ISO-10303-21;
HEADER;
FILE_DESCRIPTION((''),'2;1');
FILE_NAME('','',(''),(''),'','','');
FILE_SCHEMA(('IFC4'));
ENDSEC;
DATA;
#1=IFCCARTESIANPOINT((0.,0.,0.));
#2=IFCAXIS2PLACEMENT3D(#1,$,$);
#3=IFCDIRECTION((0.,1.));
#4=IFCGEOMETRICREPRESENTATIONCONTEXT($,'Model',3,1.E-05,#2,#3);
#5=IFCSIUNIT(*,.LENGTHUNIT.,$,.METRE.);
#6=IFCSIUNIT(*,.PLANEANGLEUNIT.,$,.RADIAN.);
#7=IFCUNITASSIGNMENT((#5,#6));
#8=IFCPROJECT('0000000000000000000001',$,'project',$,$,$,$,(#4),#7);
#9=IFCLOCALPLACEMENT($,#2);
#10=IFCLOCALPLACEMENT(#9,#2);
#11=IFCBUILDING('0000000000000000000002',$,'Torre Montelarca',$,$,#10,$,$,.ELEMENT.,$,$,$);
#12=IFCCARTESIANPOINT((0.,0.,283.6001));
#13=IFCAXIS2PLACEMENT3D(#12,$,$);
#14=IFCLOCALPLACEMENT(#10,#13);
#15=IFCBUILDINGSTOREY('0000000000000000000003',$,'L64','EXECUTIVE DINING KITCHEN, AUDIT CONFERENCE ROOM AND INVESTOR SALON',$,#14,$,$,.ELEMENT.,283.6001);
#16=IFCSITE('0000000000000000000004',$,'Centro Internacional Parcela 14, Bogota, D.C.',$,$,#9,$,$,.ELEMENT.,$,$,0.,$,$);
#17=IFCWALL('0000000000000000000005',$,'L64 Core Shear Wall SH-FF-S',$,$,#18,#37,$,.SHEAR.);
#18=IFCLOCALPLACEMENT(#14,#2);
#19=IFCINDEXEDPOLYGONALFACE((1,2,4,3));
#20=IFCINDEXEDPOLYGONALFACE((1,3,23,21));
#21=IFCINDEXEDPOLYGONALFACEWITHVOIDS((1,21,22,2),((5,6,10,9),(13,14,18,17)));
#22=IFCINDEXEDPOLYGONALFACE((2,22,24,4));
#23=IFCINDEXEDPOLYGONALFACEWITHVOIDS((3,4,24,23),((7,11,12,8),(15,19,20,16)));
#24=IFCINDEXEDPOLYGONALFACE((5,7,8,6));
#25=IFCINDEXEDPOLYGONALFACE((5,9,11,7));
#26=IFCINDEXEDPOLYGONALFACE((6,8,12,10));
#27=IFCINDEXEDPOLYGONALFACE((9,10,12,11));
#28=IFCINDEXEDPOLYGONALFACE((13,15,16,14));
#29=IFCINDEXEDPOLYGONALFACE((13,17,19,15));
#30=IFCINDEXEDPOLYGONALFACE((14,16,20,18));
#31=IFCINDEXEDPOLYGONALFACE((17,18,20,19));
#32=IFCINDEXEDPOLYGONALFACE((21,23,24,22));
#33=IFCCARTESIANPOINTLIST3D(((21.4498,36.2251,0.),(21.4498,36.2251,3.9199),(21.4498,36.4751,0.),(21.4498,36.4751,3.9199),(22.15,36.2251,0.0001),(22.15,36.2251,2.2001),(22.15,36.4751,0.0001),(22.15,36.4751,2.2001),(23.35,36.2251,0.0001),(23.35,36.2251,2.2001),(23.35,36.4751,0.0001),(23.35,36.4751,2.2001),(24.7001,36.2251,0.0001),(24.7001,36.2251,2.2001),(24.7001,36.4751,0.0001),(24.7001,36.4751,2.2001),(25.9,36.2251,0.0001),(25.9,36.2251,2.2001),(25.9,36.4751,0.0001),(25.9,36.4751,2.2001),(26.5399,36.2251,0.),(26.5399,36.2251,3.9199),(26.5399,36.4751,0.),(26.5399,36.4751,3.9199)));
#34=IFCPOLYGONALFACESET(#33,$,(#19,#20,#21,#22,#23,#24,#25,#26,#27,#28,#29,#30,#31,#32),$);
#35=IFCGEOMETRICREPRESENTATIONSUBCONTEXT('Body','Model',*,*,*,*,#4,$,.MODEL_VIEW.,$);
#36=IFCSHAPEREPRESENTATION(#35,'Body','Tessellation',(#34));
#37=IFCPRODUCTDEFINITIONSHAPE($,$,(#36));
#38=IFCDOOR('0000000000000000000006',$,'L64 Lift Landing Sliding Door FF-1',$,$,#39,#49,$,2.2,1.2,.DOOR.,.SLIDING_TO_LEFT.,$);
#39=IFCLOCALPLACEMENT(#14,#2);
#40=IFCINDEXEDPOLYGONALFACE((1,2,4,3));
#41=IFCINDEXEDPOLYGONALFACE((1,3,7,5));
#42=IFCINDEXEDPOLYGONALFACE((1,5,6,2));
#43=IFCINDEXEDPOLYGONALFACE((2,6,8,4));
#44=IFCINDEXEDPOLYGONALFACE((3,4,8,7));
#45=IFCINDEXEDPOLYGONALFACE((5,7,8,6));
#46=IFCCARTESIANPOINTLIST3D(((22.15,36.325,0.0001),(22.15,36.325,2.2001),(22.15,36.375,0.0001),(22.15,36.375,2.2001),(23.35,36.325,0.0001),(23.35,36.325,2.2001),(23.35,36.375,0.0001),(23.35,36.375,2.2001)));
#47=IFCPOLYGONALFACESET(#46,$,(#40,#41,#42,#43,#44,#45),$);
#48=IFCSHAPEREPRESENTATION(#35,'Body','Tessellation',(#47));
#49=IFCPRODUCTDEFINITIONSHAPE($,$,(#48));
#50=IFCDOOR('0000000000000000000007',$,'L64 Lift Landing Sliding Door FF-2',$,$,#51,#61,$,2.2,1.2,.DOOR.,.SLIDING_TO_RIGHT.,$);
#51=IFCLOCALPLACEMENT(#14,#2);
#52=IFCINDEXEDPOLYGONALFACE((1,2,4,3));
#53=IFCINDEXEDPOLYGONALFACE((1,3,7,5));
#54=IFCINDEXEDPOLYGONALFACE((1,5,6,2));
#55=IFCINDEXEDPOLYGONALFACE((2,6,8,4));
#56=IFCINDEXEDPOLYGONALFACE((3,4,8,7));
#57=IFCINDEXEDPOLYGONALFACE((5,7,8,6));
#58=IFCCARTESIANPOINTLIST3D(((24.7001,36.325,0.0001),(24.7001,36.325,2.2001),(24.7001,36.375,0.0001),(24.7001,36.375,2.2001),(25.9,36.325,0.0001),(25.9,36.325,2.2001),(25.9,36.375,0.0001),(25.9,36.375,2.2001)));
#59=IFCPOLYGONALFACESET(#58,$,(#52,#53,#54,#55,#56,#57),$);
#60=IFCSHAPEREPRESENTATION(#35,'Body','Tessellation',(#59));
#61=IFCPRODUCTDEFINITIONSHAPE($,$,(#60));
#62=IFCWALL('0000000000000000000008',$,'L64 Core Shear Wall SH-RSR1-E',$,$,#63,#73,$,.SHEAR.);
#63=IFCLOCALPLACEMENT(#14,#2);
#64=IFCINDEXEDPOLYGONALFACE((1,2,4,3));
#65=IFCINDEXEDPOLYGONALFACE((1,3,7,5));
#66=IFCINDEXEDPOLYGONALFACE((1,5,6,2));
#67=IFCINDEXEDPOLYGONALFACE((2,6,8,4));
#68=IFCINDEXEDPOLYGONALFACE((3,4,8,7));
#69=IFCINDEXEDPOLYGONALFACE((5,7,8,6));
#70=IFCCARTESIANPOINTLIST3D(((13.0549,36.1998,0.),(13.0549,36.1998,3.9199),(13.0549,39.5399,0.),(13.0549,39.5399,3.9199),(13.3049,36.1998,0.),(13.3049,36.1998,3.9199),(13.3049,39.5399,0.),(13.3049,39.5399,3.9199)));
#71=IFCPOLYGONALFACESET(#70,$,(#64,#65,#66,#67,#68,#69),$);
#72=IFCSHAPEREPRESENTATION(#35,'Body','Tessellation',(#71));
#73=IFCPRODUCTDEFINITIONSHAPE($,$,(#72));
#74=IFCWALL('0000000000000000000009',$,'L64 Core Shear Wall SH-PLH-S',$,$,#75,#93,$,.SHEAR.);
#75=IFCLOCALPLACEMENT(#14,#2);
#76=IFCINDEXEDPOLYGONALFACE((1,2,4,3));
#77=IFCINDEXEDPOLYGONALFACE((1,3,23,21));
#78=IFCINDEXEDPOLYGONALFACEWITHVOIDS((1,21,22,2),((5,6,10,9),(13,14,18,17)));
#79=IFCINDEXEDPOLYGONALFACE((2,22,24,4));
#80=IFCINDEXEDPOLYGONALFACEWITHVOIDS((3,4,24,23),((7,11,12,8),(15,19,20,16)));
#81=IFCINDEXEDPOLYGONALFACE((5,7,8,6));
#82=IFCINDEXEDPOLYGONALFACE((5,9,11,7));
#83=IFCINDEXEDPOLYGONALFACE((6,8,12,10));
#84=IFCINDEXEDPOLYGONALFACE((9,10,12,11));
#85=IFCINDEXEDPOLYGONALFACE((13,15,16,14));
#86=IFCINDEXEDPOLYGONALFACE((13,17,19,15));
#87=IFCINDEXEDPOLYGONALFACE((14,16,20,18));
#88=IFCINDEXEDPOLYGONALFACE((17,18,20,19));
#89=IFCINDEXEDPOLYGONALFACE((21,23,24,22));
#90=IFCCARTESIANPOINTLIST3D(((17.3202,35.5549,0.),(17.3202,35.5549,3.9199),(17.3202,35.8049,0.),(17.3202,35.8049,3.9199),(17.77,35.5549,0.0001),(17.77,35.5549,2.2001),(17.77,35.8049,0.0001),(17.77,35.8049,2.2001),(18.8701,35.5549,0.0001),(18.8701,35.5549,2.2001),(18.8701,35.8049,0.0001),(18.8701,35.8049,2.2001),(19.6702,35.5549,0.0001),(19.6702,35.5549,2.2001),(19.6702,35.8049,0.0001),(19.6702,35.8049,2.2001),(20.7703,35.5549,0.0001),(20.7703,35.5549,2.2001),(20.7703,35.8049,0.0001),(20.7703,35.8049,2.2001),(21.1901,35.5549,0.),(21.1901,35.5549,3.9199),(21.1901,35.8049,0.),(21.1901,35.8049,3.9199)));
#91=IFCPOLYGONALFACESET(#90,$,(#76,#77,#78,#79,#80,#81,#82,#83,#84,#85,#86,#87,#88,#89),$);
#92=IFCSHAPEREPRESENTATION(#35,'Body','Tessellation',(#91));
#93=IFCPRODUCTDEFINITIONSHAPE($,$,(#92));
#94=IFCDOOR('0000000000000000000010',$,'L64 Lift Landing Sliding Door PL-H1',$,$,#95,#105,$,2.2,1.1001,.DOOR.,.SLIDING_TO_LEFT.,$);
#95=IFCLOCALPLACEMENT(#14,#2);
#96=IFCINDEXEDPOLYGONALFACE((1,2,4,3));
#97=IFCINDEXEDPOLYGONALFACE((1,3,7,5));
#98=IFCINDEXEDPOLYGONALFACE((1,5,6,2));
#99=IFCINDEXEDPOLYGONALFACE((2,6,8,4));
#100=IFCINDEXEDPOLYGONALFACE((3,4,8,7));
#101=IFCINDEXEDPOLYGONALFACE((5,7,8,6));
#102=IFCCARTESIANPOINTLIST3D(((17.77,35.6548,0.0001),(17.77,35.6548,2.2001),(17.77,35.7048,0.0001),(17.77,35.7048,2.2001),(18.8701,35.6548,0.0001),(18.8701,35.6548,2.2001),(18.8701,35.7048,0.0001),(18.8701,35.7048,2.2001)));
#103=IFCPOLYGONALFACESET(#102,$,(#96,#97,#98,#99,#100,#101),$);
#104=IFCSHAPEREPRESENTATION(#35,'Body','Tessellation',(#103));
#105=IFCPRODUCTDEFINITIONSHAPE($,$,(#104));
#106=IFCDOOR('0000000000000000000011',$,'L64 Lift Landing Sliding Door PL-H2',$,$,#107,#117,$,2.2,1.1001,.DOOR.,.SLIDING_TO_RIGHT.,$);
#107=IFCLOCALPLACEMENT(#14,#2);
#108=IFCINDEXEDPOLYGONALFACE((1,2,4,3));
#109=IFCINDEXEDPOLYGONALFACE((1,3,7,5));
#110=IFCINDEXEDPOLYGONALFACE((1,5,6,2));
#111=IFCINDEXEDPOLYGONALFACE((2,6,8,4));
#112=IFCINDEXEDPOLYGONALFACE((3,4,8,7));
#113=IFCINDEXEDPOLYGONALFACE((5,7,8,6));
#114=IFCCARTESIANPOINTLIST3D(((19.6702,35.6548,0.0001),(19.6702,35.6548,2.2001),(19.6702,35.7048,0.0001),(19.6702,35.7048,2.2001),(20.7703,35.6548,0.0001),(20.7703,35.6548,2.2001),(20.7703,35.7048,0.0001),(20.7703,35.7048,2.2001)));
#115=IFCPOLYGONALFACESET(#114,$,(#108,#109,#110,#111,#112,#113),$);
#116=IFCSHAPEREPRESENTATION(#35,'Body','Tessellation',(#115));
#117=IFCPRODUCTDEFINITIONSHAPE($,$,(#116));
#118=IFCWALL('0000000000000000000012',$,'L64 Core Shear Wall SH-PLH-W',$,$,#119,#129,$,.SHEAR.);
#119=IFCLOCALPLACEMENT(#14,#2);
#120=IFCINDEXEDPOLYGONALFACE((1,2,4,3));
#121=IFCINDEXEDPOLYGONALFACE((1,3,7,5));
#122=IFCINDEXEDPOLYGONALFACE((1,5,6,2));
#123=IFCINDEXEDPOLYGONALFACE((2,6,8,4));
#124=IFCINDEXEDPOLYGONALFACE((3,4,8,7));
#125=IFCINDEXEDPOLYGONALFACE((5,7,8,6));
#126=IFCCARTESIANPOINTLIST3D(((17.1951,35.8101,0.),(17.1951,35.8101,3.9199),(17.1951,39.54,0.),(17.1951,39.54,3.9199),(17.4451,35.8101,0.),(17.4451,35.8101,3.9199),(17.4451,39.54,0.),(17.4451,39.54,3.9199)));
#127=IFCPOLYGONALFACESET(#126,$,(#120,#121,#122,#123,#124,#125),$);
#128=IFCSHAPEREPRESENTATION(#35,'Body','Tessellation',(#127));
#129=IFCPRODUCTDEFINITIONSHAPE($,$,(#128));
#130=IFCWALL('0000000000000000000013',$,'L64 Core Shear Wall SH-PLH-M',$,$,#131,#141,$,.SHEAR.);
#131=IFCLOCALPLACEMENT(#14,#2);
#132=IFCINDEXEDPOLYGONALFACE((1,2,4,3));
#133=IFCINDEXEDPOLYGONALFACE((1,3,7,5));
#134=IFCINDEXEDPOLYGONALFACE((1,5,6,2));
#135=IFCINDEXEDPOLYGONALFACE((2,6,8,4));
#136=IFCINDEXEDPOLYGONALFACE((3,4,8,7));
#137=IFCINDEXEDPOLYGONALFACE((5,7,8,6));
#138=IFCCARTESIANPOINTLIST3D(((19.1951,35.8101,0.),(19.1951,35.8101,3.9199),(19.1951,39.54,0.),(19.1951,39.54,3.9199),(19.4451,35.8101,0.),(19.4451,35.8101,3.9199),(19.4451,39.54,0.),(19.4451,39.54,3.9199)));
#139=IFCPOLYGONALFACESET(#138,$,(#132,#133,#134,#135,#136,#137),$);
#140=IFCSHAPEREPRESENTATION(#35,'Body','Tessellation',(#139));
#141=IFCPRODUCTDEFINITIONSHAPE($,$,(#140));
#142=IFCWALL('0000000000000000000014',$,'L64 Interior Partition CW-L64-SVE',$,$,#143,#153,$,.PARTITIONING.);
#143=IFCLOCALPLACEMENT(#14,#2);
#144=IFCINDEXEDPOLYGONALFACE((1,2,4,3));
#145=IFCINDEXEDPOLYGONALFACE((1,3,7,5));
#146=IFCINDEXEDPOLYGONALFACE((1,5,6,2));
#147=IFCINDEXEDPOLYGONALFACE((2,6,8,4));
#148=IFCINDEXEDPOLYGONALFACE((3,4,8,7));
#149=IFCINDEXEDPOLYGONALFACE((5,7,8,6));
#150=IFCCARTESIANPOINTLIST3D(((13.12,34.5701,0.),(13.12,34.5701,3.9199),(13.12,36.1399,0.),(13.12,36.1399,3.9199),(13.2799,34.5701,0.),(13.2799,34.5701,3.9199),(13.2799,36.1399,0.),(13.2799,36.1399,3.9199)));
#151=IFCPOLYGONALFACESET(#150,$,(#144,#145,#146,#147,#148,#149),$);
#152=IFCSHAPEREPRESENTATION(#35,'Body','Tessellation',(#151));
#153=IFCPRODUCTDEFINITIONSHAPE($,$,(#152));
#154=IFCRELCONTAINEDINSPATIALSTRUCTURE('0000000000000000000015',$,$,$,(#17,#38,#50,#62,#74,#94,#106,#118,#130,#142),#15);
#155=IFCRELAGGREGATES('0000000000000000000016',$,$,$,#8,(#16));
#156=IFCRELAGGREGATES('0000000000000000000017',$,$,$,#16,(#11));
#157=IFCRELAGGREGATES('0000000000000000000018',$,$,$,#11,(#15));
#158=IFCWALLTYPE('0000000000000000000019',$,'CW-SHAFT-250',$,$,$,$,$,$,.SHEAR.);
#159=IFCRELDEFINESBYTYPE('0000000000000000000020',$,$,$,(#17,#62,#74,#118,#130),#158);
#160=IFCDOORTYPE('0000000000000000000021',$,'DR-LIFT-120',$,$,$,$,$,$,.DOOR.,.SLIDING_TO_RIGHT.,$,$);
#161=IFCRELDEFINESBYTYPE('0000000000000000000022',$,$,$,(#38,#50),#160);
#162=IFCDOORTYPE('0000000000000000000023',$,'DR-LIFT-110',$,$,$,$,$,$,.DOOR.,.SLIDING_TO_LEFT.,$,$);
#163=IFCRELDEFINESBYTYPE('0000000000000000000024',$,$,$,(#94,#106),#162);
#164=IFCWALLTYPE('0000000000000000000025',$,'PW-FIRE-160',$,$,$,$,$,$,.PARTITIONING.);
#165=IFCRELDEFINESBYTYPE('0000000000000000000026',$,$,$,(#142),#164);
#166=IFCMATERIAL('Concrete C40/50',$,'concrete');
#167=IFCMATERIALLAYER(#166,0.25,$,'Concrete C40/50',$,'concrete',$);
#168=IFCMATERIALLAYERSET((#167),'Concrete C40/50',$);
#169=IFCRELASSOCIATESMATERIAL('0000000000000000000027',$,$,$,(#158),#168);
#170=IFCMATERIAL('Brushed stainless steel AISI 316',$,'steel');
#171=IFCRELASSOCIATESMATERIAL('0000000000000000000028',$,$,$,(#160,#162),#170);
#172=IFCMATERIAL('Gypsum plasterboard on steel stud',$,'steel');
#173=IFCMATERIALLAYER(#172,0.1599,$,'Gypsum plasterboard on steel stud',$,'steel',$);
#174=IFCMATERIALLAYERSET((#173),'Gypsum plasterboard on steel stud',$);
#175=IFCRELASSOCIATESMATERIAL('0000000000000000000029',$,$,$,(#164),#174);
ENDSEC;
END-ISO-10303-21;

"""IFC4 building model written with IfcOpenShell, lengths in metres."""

from ifc_helpers import new_model, si_unit, direction, frame, frame_2d, origin, place, context, subcontext, project, spatial, rectangle, extrude, source, transform, mapped, material, layer, layer_set, type_object, element, fill, save


model = new_model("IFC4")

# Units and contexts
model_context = context("Model", 3, precision=1e-05, world=origin(), true_north=direction((0.0, 1.0)))
body_context = subcontext(model_context, "Body", "Model", "MODEL_VIEW")
ifc_project = project(units=[si_unit("LENGTHUNIT", "METRE"), si_unit("PLANEANGLEUNIT", "RADIAN")], contexts=[model_context])

# Site, building, storey
site_placement = place(None, origin())
site = spatial("IfcSite", under=ifc_project, at=site_placement, Name="Centro Internacional Parcela 14, Bogota, D.C.", CompositionType="ELEMENT", RefElevation=0.0)
building_placement = place(site_placement, origin())
building = spatial("IfcBuilding", under=site, at=building_placement, Name="Torre Montelarca", CompositionType="ELEMENT")
storey_placement = place(building_placement, frame((0.0, 0.0, 283.6001)))
storey = spatial("IfcBuildingStorey", under=building, at=storey_placement, Name="L64", Description="EXECUTIVE DINING KITCHEN, AUDIT CONFERENCE ROOM AND INVESTOR SALON", CompositionType="ELEMENT", Elevation=283.6001)

# Shared definitions
ifc_material_1 = material(Name="Concrete C40/50", Category="concrete")
ifc_layer_1 = layer(ifc_material_1, 0.25, Name="Concrete C40/50", Category="concrete")
ifc_layer_set_1 = layer_set([ifc_layer_1], Name="Concrete C40/50")
wall_type_1 = type_object("IfcWallType", Name="CW-SHAFT-250", PredefinedType="SHEAR", material=ifc_layer_set_1)

# Wall, openings, doors
wall_1_placement = place(storey_placement, frame((21.45, 36.3501, 0.0), z_axis=(0.0, 0.0, 1.0), x_axis=(1.0, 0.0, 0.0)))
wall_1 = element("IfcWall", 1, at=wall_1_placement, inside=storey, type_object=wall_type_1, Name="L64 Core Shear Wall SH-FF-S", PredefinedType="SHEAR", context=body_context, shape_type="SweptSolid", body=[
    extrude(rectangle(XDim=5.0901, YDim=0.25, at=frame_2d((2.5449, 0.0))), origin(), (0.0, 0.0, 1.0), 3.9199),
])
opening_1_placement = place(wall_1_placement, frame((0.7, 0.0, 0.0)))
opening_1 = element("IfcOpeningElement", 2, at=opening_1_placement, cuts=wall_1, PredefinedType="OPENING", context=body_context, shape_type="SweptSolid", body=[
    extrude(rectangle(XDim=1.2, YDim=2.2, at=frame_2d((0.6001, 1.1001))), frame((0.0, 0.135, 0.0), z_axis=(0.0, -1.0, 0.0), x_axis=(1.0, 0.0, 0.0)), (0.0, 0.0, 1.0), 0.27),
])
opening_2_placement = place(wall_1_placement, frame((3.25, 0.0, 0.0)))
opening_2 = element("IfcOpeningElement", 3, at=opening_2_placement, cuts=wall_1, PredefinedType="OPENING", context=body_context, shape_type="SweptSolid", body=[
    extrude(rectangle(XDim=1.2, YDim=2.2, at=frame_2d((0.6001, 1.1001))), frame((0.0, 0.135, 0.0), z_axis=(0.0, -1.0, 0.0), x_axis=(1.0, 0.0, 0.0)), (0.0, 0.0, 1.0), 0.27),
])
ifc_material_2 = material(Name="Brushed stainless steel AISI 316", Category="steel")
door_type_1 = type_object("IfcDoorType", Name="DR-LIFT-120", OperationType="SLIDING_TO_RIGHT", PredefinedType="DOOR", material=ifc_material_2)
shared_shape_1 = source(origin(), body_context, "Body", "SweptSolid", [
    extrude(rectangle(XDim=1.2, YDim=2.2, at=frame_2d((0.6001, 1.1001))), frame((0.0, 0.0249, 0.0), z_axis=(0.0, -1.0, 0.0), x_axis=(1.0, 0.0, 0.0)), (0.0, 0.0, 1.0), 0.05),
])
door_1_placement = place(opening_1_placement, origin())
door_1 = element("IfcDoor", 4, at=door_1_placement, inside=storey, type_object=door_type_1, Name="L64 Lift Landing Sliding Door FF-1", OperationType="SLIDING_TO_LEFT", OverallHeight=2.2, OverallWidth=1.2, PredefinedType="DOOR", context=body_context, shape_type="MappedRepresentation", body=[
    mapped(shared_shape_1, transform((0.0, 0.0, 0.0), scale=1.0)),
])
fill(opening_1, door_1)
door_2_placement = place(opening_2_placement, origin())
door_2 = element("IfcDoor", 5, at=door_2_placement, inside=storey, type_object=door_type_1, Name="L64 Lift Landing Sliding Door FF-2", OperationType="SLIDING_TO_RIGHT", OverallHeight=2.2, OverallWidth=1.2, PredefinedType="DOOR", context=body_context, shape_type="MappedRepresentation", body=[
    mapped(shared_shape_1, transform((0.0, 0.0, 0.0), scale=1.0)),
])
fill(opening_2, door_2)

# Wall
wall_2_placement = place(storey_placement, frame((13.1799, 36.2, 0.0), z_axis=(0.0, 0.0, 1.0), x_axis=(0.0, 1.0, 0.0)))
element("IfcWall", 6, at=wall_2_placement, inside=storey, type_object=wall_type_1, Name="L64 Core Shear Wall SH-RSR1-E", PredefinedType="SHEAR", context=body_context, shape_type="SweptSolid", body=[
    extrude(rectangle(XDim=3.3401, YDim=0.25, at=frame_2d((1.6699, 0.0))), origin(), (0.0, 0.0, 1.0), 3.9199),
])

# Wall, openings, doors
wall_3_placement = place(storey_placement, frame((17.3201, 35.6799, 0.0), z_axis=(0.0, 0.0, 1.0), x_axis=(1.0, 0.0, 0.0)))
wall_3 = element("IfcWall", 7, at=wall_3_placement, inside=storey, type_object=wall_type_1, Name="L64 Core Shear Wall SH-PLH-S", PredefinedType="SHEAR", context=body_context, shape_type="SweptSolid", body=[
    extrude(rectangle(XDim=3.8699, YDim=0.25, at=frame_2d((1.9351, 0.0))), origin(), (0.0, 0.0, 1.0), 3.9199),
])
opening_3_placement = place(wall_3_placement, frame((0.45, 0.0, 0.0)))
opening_3 = element("IfcOpeningElement", 8, at=opening_3_placement, cuts=wall_3, PredefinedType="OPENING", context=body_context, shape_type="SweptSolid", body=[
    extrude(rectangle(XDim=1.1001, YDim=2.2, at=frame_2d((0.55, 1.1001))), frame((0.0, 0.135, 0.0), z_axis=(0.0, -1.0, 0.0), x_axis=(1.0, 0.0, 0.0)), (0.0, 0.0, 1.0), 0.27),
])
opening_4_placement = place(wall_3_placement, frame((2.3501, 0.0, 0.0)))
opening_4 = element("IfcOpeningElement", 9, at=opening_4_placement, cuts=wall_3, PredefinedType="OPENING", context=body_context, shape_type="SweptSolid", body=[
    extrude(rectangle(XDim=1.1001, YDim=2.2, at=frame_2d((0.55, 1.1001))), frame((0.0, 0.135, 0.0), z_axis=(0.0, -1.0, 0.0), x_axis=(1.0, 0.0, 0.0)), (0.0, 0.0, 1.0), 0.27),
])
door_type_2 = type_object("IfcDoorType", Name="DR-LIFT-110", OperationType="SLIDING_TO_LEFT", PredefinedType="DOOR", material=ifc_material_2)
shared_shape_2 = source(origin(), body_context, "Body", "SweptSolid", [
    extrude(rectangle(XDim=1.1001, YDim=2.2, at=frame_2d((0.55, 1.1001))), frame((0.0, 0.0249, 0.0), z_axis=(0.0, -1.0, 0.0), x_axis=(1.0, 0.0, 0.0)), (0.0, 0.0, 1.0), 0.05),
])
door_3_placement = place(opening_3_placement, origin())
door_3 = element("IfcDoor", 10, at=door_3_placement, inside=storey, type_object=door_type_2, Name="L64 Lift Landing Sliding Door PL-H1", OperationType="SLIDING_TO_LEFT", OverallHeight=2.2, OverallWidth=1.1001, PredefinedType="DOOR", context=body_context, shape_type="MappedRepresentation", body=[
    mapped(shared_shape_2, transform((0.0, 0.0, 0.0), scale=1.0)),
])
fill(opening_3, door_3)
door_4_placement = place(opening_4_placement, origin())
door_4 = element("IfcDoor", 11, at=door_4_placement, inside=storey, type_object=door_type_2, Name="L64 Lift Landing Sliding Door PL-H2", OperationType="SLIDING_TO_RIGHT", OverallHeight=2.2, OverallWidth=1.1001, PredefinedType="DOOR", context=body_context, shape_type="MappedRepresentation", body=[
    mapped(shared_shape_2, transform((0.0, 0.0, 0.0), scale=1.0)),
])
fill(opening_4, door_4)

# Walls
for number, where, z_axis, x_axis, name in (
    (12, (17.3201, 35.8101, 0.0), (0.0, 0.0, 1.0), (0.0, 1.0, 0.0), "L64 Core Shear Wall SH-PLH-W"),
    (13, (19.3201, 35.8101, 0.0), (0.0, 0.0, 1.0), (0.0, 1.0, 0.0), "L64 Core Shear Wall SH-PLH-M"),
):
    element("IfcWall", number, at=place(storey_placement, frame(where, z_axis=z_axis, x_axis=x_axis)), inside=storey, type_object=wall_type_1, Name=name, PredefinedType="SHEAR", context=body_context, shape_type="SweptSolid", body=[
        extrude(rectangle(XDim=3.73, YDim=0.25, at=frame_2d((1.865, 0.0))), origin(), (0.0, 0.0, 1.0), 3.9199),
    ])
ifc_material_3 = material(Name="Gypsum plasterboard on steel stud", Category="steel")
ifc_layer_2 = layer(ifc_material_3, 0.1599, Name="Gypsum plasterboard on steel stud", Category="steel")
ifc_layer_set_2 = layer_set([ifc_layer_2], Name="Gypsum plasterboard on steel stud")
wall_type_2 = type_object("IfcWallType", Name="PW-FIRE-160", PredefinedType="PARTITIONING", material=ifc_layer_set_2)
wall_4_placement = place(storey_placement, frame((13.2, 34.5701, 0.0), z_axis=(0.0, 0.0, 1.0), x_axis=(0.0, 1.0, 0.0)))
element("IfcWall", 14, at=wall_4_placement, inside=storey, type_object=wall_type_2, Name="L64 Interior Partition CW-L64-SVE", PredefinedType="PARTITIONING", context=body_context, shape_type="SweptSolid", body=[
    extrude(rectangle(XDim=1.5698, YDim=0.1599, at=frame_2d((0.7849, 0.0))), origin(), (0.0, 0.0, 1.0), 3.9199),
])

save(model, "model.ifc")
